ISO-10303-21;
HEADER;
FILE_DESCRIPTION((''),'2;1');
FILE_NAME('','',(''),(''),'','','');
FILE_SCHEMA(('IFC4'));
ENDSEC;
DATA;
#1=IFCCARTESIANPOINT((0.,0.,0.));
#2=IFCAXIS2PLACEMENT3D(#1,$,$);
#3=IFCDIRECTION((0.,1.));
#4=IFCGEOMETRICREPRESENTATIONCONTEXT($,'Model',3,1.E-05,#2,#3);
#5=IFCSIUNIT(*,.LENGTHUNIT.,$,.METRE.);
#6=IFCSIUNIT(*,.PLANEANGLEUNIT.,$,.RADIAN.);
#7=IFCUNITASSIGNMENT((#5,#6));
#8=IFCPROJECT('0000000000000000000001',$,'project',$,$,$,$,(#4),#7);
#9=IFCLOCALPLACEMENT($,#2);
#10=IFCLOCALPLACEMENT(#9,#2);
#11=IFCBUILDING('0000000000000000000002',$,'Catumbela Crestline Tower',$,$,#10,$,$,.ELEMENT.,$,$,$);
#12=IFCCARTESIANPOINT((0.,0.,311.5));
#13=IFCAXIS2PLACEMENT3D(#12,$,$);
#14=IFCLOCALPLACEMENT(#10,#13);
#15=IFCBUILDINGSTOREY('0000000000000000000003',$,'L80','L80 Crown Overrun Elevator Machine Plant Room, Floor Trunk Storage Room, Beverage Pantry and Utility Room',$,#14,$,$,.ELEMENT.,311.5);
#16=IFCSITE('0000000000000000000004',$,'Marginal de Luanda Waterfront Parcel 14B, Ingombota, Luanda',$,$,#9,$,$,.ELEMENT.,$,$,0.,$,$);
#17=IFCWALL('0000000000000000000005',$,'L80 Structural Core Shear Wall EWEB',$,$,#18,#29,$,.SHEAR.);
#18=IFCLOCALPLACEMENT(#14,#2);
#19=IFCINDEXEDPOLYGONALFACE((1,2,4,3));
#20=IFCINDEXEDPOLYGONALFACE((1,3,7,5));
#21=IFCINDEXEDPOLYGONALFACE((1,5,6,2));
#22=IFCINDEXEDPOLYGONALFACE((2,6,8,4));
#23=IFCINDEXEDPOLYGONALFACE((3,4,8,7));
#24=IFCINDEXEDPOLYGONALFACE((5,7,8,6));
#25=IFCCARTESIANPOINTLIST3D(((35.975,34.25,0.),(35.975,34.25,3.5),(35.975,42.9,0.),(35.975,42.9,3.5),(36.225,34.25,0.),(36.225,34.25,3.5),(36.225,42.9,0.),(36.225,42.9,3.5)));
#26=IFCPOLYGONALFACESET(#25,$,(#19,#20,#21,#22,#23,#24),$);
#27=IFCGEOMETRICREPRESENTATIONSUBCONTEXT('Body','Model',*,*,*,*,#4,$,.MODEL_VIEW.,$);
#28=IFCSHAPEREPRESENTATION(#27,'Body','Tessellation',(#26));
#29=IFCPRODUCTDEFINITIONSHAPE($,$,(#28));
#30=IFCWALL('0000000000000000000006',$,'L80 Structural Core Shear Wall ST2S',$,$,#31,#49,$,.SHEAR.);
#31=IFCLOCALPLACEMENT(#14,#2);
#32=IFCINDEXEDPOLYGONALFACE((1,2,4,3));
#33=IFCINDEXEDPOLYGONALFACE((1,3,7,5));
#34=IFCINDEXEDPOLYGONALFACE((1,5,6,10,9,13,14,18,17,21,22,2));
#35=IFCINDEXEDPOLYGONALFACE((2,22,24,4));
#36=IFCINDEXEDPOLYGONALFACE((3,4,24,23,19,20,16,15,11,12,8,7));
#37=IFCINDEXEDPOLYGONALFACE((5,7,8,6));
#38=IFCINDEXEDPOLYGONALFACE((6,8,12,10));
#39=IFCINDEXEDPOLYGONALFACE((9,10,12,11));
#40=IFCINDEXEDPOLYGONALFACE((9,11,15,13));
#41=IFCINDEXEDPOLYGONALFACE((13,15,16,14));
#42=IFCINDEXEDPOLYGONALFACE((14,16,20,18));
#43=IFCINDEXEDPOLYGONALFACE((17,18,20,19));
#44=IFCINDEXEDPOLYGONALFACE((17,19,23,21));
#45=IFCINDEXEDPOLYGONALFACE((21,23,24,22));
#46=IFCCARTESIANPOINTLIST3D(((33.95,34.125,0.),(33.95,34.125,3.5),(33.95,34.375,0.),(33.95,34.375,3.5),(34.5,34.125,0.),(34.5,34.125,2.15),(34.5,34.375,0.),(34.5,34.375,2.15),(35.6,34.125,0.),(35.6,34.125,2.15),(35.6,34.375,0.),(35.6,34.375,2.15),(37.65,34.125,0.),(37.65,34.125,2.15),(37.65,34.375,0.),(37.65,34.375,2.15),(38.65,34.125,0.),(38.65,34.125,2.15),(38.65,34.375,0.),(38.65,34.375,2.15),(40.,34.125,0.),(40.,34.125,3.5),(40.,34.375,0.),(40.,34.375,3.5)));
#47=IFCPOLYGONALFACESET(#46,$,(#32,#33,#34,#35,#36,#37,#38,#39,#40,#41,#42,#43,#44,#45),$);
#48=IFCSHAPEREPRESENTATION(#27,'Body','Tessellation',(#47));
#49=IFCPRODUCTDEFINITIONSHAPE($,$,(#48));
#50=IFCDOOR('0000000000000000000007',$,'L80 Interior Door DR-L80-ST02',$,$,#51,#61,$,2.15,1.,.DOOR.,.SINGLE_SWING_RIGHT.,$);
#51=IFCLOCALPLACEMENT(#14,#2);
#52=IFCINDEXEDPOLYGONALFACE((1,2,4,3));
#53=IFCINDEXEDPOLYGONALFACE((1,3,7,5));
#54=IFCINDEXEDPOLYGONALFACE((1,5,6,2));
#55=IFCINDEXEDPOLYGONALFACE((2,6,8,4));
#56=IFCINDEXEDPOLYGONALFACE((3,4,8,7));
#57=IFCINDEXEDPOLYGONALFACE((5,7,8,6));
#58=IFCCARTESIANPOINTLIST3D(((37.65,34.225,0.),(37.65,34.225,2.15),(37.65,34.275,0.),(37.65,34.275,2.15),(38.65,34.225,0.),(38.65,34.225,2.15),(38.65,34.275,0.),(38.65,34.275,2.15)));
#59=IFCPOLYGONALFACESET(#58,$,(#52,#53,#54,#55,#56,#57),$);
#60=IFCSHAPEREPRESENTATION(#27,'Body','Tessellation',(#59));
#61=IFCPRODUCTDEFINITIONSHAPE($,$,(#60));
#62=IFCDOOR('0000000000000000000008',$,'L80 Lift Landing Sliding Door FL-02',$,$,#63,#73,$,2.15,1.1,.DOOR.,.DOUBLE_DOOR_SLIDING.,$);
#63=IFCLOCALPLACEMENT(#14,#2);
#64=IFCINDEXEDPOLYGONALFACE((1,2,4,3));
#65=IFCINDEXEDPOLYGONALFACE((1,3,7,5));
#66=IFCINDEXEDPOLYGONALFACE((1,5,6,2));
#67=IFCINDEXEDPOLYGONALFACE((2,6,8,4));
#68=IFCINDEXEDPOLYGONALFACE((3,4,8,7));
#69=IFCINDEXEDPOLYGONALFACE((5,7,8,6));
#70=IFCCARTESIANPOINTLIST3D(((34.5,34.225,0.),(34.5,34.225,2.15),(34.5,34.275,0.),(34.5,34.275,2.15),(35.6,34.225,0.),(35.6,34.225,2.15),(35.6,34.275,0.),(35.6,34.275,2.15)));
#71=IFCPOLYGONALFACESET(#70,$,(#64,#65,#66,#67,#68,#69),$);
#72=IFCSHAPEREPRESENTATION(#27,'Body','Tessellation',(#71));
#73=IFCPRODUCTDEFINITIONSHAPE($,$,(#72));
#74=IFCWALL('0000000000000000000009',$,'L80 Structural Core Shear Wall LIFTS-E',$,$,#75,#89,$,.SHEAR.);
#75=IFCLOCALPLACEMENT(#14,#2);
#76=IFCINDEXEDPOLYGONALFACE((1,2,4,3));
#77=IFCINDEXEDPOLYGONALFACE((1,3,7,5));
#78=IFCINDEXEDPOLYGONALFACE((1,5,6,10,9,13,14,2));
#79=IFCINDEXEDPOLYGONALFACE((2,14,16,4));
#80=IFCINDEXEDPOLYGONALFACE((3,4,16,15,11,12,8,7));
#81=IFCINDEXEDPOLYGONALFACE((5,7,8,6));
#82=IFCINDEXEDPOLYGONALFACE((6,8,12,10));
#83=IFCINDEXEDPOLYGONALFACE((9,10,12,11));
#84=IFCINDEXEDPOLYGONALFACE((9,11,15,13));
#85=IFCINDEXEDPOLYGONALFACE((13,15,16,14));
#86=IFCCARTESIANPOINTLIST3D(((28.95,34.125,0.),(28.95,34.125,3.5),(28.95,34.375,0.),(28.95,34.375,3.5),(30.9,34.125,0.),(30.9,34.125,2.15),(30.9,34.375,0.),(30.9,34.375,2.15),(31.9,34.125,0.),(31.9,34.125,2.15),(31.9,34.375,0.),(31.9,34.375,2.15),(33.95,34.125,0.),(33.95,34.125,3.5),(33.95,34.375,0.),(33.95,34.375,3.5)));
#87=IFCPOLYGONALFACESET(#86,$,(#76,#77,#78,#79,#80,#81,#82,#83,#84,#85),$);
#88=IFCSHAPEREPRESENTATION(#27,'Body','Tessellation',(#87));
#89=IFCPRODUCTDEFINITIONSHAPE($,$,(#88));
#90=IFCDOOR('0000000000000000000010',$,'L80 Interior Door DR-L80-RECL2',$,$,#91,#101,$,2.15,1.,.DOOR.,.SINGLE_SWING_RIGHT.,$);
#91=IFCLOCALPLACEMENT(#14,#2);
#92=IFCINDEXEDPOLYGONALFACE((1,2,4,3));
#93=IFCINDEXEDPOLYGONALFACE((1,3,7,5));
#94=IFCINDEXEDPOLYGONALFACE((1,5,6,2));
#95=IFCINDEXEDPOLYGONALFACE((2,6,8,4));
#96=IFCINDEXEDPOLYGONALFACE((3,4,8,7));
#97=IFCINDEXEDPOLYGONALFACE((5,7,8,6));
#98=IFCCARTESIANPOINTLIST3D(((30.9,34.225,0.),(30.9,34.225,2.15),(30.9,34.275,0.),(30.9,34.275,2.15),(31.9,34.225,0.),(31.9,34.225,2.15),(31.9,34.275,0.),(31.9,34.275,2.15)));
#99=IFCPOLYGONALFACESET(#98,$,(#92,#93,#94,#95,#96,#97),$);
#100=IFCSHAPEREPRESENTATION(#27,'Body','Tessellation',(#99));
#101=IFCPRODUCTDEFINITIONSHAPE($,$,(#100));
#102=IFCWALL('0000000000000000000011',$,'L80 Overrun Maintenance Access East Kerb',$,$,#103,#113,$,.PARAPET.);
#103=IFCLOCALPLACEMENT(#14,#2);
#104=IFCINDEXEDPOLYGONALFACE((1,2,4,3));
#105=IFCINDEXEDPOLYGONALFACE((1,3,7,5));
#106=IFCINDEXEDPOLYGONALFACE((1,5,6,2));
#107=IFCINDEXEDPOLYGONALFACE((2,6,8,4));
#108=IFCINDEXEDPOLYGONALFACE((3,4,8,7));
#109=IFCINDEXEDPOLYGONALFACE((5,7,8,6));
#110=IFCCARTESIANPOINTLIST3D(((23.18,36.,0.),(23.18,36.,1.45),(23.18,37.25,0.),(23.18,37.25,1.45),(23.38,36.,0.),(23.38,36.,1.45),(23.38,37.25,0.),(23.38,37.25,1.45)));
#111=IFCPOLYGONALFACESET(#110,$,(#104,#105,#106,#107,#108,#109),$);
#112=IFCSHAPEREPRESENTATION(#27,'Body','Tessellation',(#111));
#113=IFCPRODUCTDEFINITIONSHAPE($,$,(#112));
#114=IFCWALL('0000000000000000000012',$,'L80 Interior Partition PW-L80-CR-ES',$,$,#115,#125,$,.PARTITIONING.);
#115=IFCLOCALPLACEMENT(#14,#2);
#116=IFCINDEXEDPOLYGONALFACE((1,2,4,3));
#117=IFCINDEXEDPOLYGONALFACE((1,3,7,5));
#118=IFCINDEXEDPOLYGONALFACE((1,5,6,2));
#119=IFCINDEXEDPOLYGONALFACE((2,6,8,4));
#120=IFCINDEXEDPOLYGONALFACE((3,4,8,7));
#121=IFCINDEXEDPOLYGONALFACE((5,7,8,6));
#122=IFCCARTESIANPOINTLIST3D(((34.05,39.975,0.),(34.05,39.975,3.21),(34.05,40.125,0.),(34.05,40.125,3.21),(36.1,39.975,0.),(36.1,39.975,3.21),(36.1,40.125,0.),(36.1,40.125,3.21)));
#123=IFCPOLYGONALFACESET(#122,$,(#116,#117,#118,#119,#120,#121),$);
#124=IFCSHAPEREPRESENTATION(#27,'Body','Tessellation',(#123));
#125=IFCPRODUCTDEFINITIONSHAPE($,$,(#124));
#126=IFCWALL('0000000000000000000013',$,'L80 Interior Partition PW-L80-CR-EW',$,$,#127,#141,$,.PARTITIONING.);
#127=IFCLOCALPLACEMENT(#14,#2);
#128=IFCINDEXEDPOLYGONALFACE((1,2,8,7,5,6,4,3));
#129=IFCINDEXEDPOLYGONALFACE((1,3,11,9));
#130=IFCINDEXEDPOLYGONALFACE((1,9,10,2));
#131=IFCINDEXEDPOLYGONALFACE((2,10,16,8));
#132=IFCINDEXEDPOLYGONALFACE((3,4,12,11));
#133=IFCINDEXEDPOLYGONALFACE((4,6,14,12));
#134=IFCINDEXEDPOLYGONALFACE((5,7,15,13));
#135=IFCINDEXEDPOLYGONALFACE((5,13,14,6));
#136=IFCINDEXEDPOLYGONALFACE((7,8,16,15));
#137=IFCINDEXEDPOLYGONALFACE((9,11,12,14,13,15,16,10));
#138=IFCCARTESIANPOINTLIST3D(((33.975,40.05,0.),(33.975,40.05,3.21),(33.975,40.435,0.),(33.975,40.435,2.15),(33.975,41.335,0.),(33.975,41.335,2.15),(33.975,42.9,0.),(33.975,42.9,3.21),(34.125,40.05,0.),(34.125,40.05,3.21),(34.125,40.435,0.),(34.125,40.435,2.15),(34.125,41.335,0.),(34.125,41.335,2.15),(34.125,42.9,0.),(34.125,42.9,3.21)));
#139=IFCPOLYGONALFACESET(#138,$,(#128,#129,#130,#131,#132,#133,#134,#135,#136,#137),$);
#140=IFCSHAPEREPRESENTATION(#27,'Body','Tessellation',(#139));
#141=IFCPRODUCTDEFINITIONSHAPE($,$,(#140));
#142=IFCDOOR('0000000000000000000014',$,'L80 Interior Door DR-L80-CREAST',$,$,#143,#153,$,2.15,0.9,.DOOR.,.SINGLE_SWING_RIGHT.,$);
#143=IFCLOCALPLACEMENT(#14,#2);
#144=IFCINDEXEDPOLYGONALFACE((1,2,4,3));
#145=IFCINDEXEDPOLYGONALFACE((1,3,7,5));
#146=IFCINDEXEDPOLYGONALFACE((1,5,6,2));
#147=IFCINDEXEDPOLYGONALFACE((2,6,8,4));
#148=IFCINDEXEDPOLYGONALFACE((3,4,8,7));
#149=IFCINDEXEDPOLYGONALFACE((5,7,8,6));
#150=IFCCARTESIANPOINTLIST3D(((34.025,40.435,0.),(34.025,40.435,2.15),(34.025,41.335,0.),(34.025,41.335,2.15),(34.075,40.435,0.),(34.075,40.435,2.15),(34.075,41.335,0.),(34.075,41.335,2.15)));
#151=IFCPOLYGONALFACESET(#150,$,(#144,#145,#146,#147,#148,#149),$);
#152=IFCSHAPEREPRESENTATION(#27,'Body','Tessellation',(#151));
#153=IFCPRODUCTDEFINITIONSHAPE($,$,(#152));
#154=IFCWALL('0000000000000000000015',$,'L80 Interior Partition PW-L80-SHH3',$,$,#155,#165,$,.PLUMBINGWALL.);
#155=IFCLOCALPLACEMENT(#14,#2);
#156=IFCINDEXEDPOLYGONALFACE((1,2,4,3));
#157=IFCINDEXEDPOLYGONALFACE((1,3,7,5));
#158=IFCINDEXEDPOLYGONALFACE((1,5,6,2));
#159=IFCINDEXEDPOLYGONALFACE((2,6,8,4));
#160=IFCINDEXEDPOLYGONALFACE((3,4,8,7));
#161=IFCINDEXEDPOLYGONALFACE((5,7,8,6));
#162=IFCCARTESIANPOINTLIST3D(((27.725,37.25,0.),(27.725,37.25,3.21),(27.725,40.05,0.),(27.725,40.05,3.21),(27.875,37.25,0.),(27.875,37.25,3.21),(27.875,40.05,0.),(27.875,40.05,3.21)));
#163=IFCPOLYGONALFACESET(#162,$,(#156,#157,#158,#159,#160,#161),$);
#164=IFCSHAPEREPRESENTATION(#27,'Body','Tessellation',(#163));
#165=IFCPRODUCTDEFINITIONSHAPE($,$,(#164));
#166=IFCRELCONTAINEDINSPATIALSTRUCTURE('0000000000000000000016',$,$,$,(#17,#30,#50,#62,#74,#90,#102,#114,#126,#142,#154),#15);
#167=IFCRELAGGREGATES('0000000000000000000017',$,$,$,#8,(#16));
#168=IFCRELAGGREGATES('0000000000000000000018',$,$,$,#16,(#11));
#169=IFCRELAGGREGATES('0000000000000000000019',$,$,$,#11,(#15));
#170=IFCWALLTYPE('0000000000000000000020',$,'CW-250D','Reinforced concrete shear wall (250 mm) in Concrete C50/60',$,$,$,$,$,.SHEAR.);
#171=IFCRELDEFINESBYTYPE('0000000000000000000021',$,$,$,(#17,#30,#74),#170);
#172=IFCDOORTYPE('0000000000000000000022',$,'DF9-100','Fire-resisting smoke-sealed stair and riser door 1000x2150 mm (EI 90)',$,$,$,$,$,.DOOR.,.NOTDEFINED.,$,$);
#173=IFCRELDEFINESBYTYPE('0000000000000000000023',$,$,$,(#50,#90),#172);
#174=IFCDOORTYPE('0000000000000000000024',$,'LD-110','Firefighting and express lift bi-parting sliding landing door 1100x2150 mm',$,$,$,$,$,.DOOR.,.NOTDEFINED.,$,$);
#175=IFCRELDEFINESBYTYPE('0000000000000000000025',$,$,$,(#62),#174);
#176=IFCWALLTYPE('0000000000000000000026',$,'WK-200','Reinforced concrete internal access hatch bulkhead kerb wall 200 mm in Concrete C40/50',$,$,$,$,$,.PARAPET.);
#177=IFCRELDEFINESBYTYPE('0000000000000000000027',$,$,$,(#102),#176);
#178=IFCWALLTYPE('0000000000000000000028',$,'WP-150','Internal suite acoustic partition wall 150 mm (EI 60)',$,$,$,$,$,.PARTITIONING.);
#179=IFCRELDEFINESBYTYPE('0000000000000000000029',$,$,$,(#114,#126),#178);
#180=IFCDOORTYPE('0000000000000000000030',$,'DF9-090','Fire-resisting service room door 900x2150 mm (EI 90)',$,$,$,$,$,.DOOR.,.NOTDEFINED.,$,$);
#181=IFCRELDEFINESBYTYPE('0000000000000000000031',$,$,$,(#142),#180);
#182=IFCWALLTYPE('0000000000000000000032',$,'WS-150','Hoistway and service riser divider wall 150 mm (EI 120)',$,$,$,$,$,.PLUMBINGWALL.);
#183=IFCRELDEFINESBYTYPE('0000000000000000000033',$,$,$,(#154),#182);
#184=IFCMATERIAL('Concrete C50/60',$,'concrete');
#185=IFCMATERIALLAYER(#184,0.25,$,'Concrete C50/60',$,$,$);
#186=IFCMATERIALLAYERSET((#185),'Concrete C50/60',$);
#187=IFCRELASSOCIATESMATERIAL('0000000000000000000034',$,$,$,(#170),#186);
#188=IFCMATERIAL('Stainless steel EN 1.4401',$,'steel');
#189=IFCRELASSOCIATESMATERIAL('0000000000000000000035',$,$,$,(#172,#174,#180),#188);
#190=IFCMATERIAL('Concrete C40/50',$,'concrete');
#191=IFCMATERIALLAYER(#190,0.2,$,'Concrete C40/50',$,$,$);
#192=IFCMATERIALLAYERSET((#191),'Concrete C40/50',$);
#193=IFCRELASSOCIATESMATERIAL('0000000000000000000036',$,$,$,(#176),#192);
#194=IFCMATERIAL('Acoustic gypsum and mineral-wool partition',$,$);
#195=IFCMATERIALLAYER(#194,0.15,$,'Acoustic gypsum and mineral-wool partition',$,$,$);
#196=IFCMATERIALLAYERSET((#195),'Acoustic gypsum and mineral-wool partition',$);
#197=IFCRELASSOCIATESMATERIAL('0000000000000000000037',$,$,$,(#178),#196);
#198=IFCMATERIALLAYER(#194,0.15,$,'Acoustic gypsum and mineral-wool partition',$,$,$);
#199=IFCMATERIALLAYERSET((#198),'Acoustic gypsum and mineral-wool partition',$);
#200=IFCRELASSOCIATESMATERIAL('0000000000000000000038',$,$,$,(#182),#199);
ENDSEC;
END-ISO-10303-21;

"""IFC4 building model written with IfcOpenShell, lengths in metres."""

from ifc_helpers import new_model, si_unit, direction, frame, frame_2d, origin, place, context, subcontext, project, spatial, rectangle, extrude, material, layer, layer_set, type_object, element, fill, save


model = new_model("IFC4")

# Units and contexts
model_context = context("Model", 3, precision=1e-05, world=origin(), true_north=direction((0.0, 1.0)))
body_context = subcontext(model_context, "Body", "Model", "MODEL_VIEW")
ifc_project = project(units=[si_unit("LENGTHUNIT", "METRE"), si_unit("PLANEANGLEUNIT", "RADIAN")], contexts=[model_context])

# Site, building, storey
site_placement = place(None, origin())
site = spatial("IfcSite", under=ifc_project, at=site_placement, Name="Marginal de Luanda Waterfront Parcel 14B, Ingombota, Luanda", CompositionType="ELEMENT", RefElevation=0.0)
building_placement = place(site_placement, origin())
building = spatial("IfcBuilding", under=site, at=building_placement, Name="Catumbela Crestline Tower", CompositionType="ELEMENT")
storey_placement = place(building_placement, frame((0.0, 0.0, 311.5)))
storey = spatial("IfcBuildingStorey", under=building, at=storey_placement, Name="L80", Description="L80 Crown Overrun Elevator Machine Plant Room, Floor Trunk Storage Room, Beverage Pantry and Utility Room", CompositionType="ELEMENT", Elevation=311.5)

# Wall
ifc_material_1 = material(Name="Concrete C50/60", Category="concrete")
ifc_layer_1 = layer(ifc_material_1, 0.25, Name="Concrete C50/60")
ifc_layer_set_1 = layer_set([ifc_layer_1], Name="Concrete C50/60")
wall_type_1 = type_object("IfcWallType", Name="CW-250D", Description="Reinforced concrete shear wall (250 mm) in Concrete C50/60", PredefinedType="SHEAR", material=ifc_layer_set_1)
wall_1_placement = place(storey_placement, frame((36.1, 34.25, 0.0), z_axis=(0.0, 0.0, 1.0), x_axis=(0.0, 1.0, 0.0)))
element("IfcWall", 1, at=wall_1_placement, inside=storey, type_object=wall_type_1, Name="L80 Structural Core Shear Wall EWEB", PredefinedType="SHEAR", context=body_context, shape_type="SweptSolid", body=[
    extrude(rectangle(XDim=8.65, YDim=0.25, at=frame_2d((4.325, 0.0))), origin(), (0.0, 0.0, 1.0), 3.5),
])

# Wall, openings, doors
wall_2_placement = place(storey_placement, frame((33.95, 34.25, 0.0), z_axis=(0.0, 0.0, 1.0), x_axis=(1.0, 0.0, 0.0)))
wall_2 = element("IfcWall", 2, at=wall_2_placement, inside=storey, type_object=wall_type_1, Name="L80 Structural Core Shear Wall ST2S", PredefinedType="SHEAR", context=body_context, shape_type="SweptSolid", body=[
    extrude(rectangle(XDim=6.05, YDim=0.25, at=frame_2d((3.025, 0.0))), origin(), (0.0, 0.0, 1.0), 3.5),
])
opening_1_placement = place(wall_2_placement, frame((3.7, 0.0, 0.0)))
opening_1 = element("IfcOpeningElement", 3, at=opening_1_placement, cuts=wall_2, PredefinedType="OPENING", context=body_context, shape_type="SweptSolid", body=[
    extrude(rectangle(XDim=1.0, YDim=2.15, at=frame_2d((0.5, 1.075))), frame((0.0, 0.135, 0.0), z_axis=(0.0, -1.0, 0.0), x_axis=(1.0, 0.0, 0.0)), (0.0, 0.0, 1.0), 0.27),
])
opening_2_placement = place(wall_2_placement, frame((0.55, 0.0, 0.0)))
opening_2 = element("IfcOpeningElement", 4, at=opening_2_placement, cuts=wall_2, PredefinedType="OPENING", context=body_context, shape_type="SweptSolid", body=[
    extrude(rectangle(XDim=1.1, YDim=2.15, at=frame_2d((0.55, 1.075))), frame((0.0, 0.135, 0.0), z_axis=(0.0, -1.0, 0.0), x_axis=(1.0, 0.0, 0.0)), (0.0, 0.0, 1.0), 0.27),
])
ifc_material_2 = material(Name="Stainless steel EN 1.4401", Category="steel")
door_type_1 = type_object("IfcDoorType", Name="DF9-100", Description="Fire-resisting smoke-sealed stair and riser door 1000x2150 mm (EI 90)", OperationType="NOTDEFINED", PredefinedType="DOOR", material=ifc_material_2)
door_1_placement = place(opening_1_placement, origin())
door_1 = element("IfcDoor", 5, at=door_1_placement, inside=storey, type_object=door_type_1, Name="L80 Interior Door DR-L80-ST02", OperationType="SINGLE_SWING_RIGHT", OverallHeight=2.15, OverallWidth=1.0, PredefinedType="DOOR", context=body_context, shape_type="SweptSolid", body=[
    extrude(rectangle(XDim=1.0, YDim=2.15, at=frame_2d((0.5, 1.075))), frame((0.0, 0.025, 0.0), z_axis=(0.0, -1.0, 0.0), x_axis=(1.0, 0.0, 0.0)), (0.0, 0.0, 1.0), 0.05),
])
fill(opening_1, door_1)
door_type_2 = type_object("IfcDoorType", Name="LD-110", Description="Firefighting and express lift bi-parting sliding landing door 1100x2150 mm", OperationType="NOTDEFINED", PredefinedType="DOOR", material=ifc_material_2)
door_2_placement = place(opening_2_placement, origin())
door_2 = element("IfcDoor", 6, at=door_2_placement, inside=storey, type_object=door_type_2, Name="L80 Lift Landing Sliding Door FL-02", OperationType="DOUBLE_DOOR_SLIDING", OverallHeight=2.15, OverallWidth=1.1, PredefinedType="DOOR", context=body_context, shape_type="SweptSolid", body=[
    extrude(rectangle(XDim=1.1, YDim=2.15, at=frame_2d((0.55, 1.075))), frame((0.0, 0.025, 0.0), z_axis=(0.0, -1.0, 0.0), x_axis=(1.0, 0.0, 0.0)), (0.0, 0.0, 1.0), 0.05),
])
fill(opening_2, door_2)

# Wall, opening, door
wall_3_placement = place(storey_placement, frame((28.95, 34.25, 0.0), z_axis=(0.0, 0.0, 1.0), x_axis=(1.0, 0.0, 0.0)))
wall_3 = element("IfcWall", 7, at=wall_3_placement, inside=storey, type_object=wall_type_1, Name="L80 Structural Core Shear Wall LIFTS-E", PredefinedType="SHEAR", context=body_context, shape_type="SweptSolid", body=[
    extrude(rectangle(XDim=5.0, YDim=0.25, at=frame_2d((2.5, 0.0))), origin(), (0.0, 0.0, 1.0), 3.5),
])
opening_3_placement = place(wall_3_placement, frame((1.95, 0.0, 0.0)))
opening_3 = element("IfcOpeningElement", 8, at=opening_3_placement, cuts=wall_3, PredefinedType="OPENING", context=body_context, shape_type="SweptSolid", body=[
    extrude(rectangle(XDim=1.0, YDim=2.15, at=frame_2d((0.5, 1.075))), frame((0.0, 0.135, 0.0), z_axis=(0.0, -1.0, 0.0), x_axis=(1.0, 0.0, 0.0)), (0.0, 0.0, 1.0), 0.27),
])
door_3_placement = place(opening_3_placement, origin())
door_3 = element("IfcDoor", 9, at=door_3_placement, inside=storey, type_object=door_type_1, Name="L80 Interior Door DR-L80-RECL2", OperationType="SINGLE_SWING_RIGHT", OverallHeight=2.15, OverallWidth=1.0, PredefinedType="DOOR", context=body_context, shape_type="SweptSolid", body=[
    extrude(rectangle(XDim=1.0, YDim=2.15, at=frame_2d((0.5, 1.075))), frame((0.0, 0.025, 0.0), z_axis=(0.0, -1.0, 0.0), x_axis=(1.0, 0.0, 0.0)), (0.0, 0.0, 1.0), 0.05),
])
fill(opening_3, door_3)

# Walls
ifc_material_3 = material(Name="Concrete C40/50", Category="concrete")
ifc_layer_2 = layer(ifc_material_3, 0.2, Name="Concrete C40/50")
ifc_layer_set_2 = layer_set([ifc_layer_2], Name="Concrete C40/50")
wall_type_2 = type_object("IfcWallType", Name="WK-200", Description="Reinforced concrete internal access hatch bulkhead kerb wall 200 mm in Concrete C40/50", PredefinedType="PARAPET", material=ifc_layer_set_2)
wall_4_placement = place(storey_placement, frame((23.28, 36.0, 0.0), z_axis=(0.0, 0.0, 1.0), x_axis=(0.0, 1.0, 0.0)))
element("IfcWall", 10, at=wall_4_placement, inside=storey, type_object=wall_type_2, Name="L80 Overrun Maintenance Access East Kerb", PredefinedType="PARAPET", context=body_context, shape_type="SweptSolid", body=[
    extrude(rectangle(XDim=1.25, YDim=0.2, at=frame_2d((0.625, 0.0))), origin(), (0.0, 0.0, 1.0), 1.45),
])
ifc_material_4 = material(Name="Acoustic gypsum and mineral-wool partition")
ifc_layer_3 = layer(ifc_material_4, 0.15, Name="Acoustic gypsum and mineral-wool partition")
ifc_layer_set_3 = layer_set([ifc_layer_3], Name="Acoustic gypsum and mineral-wool partition")
wall_type_3 = type_object("IfcWallType", Name="WP-150", Description="Internal suite acoustic partition wall 150 mm (EI 60)", PredefinedType="PARTITIONING", material=ifc_layer_set_3)
wall_5_placement = place(storey_placement, frame((34.05, 40.05, 0.0), z_axis=(0.0, 0.0, 1.0), x_axis=(1.0, 0.0, 0.0)))
element("IfcWall", 11, at=wall_5_placement, inside=storey, type_object=wall_type_3, Name="L80 Interior Partition PW-L80-CR-ES", PredefinedType="PARTITIONING", context=body_context, shape_type="SweptSolid", body=[
    extrude(rectangle(XDim=2.05, YDim=0.15, at=frame_2d((1.025, 0.0))), origin(), (0.0, 0.0, 1.0), 3.21),
])

# Wall, opening, door
wall_6_placement = place(storey_placement, frame((34.05, 40.05, 0.0), z_axis=(0.0, 0.0, 1.0), x_axis=(0.0, 1.0, 0.0)))
wall_6 = element("IfcWall", 12, at=wall_6_placement, inside=storey, type_object=wall_type_3, Name="L80 Interior Partition PW-L80-CR-EW", PredefinedType="PARTITIONING", context=body_context, shape_type="SweptSolid", body=[
    extrude(rectangle(XDim=2.85, YDim=0.15, at=frame_2d((1.425, 0.0))), origin(), (0.0, 0.0, 1.0), 3.21),
])
opening_4_placement = place(wall_6_placement, frame((0.385, 0.0, 0.0)))
opening_4 = element("IfcOpeningElement", 13, at=opening_4_placement, cuts=wall_6, PredefinedType="OPENING", context=body_context, shape_type="SweptSolid", body=[
    extrude(rectangle(XDim=0.9, YDim=2.15, at=frame_2d((0.45, 1.075))), frame((0.0, 0.085, 0.0), z_axis=(0.0, -1.0, 0.0), x_axis=(1.0, 0.0, 0.0)), (0.0, 0.0, 1.0), 0.17),
])
door_type_3 = type_object("IfcDoorType", Name="DF9-090", Description="Fire-resisting service room door 900x2150 mm (EI 90)", OperationType="NOTDEFINED", PredefinedType="DOOR", material=ifc_material_2)
door_4_placement = place(opening_4_placement, origin())
door_4 = element("IfcDoor", 14, at=door_4_placement, inside=storey, type_object=door_type_3, Name="L80 Interior Door DR-L80-CREAST", OperationType="SINGLE_SWING_RIGHT", OverallHeight=2.15, OverallWidth=0.9, PredefinedType="DOOR", context=body_context, shape_type="SweptSolid", body=[
    extrude(rectangle(XDim=0.9, YDim=2.15, at=frame_2d((0.45, 1.075))), frame((0.0, 0.025, 0.0), z_axis=(0.0, -1.0, 0.0), x_axis=(1.0, 0.0, 0.0)), (0.0, 0.0, 1.0), 0.05),
])
fill(opening_4, door_4)

# Wall
ifc_layer_4 = layer(ifc_material_4, 0.15, Name="Acoustic gypsum and mineral-wool partition")
ifc_layer_set_4 = layer_set([ifc_layer_4], Name="Acoustic gypsum and mineral-wool partition")
wall_type_4 = type_object("IfcWallType", Name="WS-150", Description="Hoistway and service riser divider wall 150 mm (EI 120)", PredefinedType="PLUMBINGWALL", material=ifc_layer_set_4)
wall_7_placement = place(storey_placement, frame((27.8, 37.25, 0.0), z_axis=(0.0, 0.0, 1.0), x_axis=(0.0, 1.0, 0.0)))
element("IfcWall", 15, at=wall_7_placement, inside=storey, type_object=wall_type_4, Name="L80 Interior Partition PW-L80-SHH3", PredefinedType="PLUMBINGWALL", context=body_context, shape_type="SweptSolid", body=[
    extrude(rectangle(XDim=2.8, YDim=0.15, at=frame_2d((1.4, 0.0))), origin(), (0.0, 0.0, 1.0), 3.21),
])

save(model, "model.ifc")
